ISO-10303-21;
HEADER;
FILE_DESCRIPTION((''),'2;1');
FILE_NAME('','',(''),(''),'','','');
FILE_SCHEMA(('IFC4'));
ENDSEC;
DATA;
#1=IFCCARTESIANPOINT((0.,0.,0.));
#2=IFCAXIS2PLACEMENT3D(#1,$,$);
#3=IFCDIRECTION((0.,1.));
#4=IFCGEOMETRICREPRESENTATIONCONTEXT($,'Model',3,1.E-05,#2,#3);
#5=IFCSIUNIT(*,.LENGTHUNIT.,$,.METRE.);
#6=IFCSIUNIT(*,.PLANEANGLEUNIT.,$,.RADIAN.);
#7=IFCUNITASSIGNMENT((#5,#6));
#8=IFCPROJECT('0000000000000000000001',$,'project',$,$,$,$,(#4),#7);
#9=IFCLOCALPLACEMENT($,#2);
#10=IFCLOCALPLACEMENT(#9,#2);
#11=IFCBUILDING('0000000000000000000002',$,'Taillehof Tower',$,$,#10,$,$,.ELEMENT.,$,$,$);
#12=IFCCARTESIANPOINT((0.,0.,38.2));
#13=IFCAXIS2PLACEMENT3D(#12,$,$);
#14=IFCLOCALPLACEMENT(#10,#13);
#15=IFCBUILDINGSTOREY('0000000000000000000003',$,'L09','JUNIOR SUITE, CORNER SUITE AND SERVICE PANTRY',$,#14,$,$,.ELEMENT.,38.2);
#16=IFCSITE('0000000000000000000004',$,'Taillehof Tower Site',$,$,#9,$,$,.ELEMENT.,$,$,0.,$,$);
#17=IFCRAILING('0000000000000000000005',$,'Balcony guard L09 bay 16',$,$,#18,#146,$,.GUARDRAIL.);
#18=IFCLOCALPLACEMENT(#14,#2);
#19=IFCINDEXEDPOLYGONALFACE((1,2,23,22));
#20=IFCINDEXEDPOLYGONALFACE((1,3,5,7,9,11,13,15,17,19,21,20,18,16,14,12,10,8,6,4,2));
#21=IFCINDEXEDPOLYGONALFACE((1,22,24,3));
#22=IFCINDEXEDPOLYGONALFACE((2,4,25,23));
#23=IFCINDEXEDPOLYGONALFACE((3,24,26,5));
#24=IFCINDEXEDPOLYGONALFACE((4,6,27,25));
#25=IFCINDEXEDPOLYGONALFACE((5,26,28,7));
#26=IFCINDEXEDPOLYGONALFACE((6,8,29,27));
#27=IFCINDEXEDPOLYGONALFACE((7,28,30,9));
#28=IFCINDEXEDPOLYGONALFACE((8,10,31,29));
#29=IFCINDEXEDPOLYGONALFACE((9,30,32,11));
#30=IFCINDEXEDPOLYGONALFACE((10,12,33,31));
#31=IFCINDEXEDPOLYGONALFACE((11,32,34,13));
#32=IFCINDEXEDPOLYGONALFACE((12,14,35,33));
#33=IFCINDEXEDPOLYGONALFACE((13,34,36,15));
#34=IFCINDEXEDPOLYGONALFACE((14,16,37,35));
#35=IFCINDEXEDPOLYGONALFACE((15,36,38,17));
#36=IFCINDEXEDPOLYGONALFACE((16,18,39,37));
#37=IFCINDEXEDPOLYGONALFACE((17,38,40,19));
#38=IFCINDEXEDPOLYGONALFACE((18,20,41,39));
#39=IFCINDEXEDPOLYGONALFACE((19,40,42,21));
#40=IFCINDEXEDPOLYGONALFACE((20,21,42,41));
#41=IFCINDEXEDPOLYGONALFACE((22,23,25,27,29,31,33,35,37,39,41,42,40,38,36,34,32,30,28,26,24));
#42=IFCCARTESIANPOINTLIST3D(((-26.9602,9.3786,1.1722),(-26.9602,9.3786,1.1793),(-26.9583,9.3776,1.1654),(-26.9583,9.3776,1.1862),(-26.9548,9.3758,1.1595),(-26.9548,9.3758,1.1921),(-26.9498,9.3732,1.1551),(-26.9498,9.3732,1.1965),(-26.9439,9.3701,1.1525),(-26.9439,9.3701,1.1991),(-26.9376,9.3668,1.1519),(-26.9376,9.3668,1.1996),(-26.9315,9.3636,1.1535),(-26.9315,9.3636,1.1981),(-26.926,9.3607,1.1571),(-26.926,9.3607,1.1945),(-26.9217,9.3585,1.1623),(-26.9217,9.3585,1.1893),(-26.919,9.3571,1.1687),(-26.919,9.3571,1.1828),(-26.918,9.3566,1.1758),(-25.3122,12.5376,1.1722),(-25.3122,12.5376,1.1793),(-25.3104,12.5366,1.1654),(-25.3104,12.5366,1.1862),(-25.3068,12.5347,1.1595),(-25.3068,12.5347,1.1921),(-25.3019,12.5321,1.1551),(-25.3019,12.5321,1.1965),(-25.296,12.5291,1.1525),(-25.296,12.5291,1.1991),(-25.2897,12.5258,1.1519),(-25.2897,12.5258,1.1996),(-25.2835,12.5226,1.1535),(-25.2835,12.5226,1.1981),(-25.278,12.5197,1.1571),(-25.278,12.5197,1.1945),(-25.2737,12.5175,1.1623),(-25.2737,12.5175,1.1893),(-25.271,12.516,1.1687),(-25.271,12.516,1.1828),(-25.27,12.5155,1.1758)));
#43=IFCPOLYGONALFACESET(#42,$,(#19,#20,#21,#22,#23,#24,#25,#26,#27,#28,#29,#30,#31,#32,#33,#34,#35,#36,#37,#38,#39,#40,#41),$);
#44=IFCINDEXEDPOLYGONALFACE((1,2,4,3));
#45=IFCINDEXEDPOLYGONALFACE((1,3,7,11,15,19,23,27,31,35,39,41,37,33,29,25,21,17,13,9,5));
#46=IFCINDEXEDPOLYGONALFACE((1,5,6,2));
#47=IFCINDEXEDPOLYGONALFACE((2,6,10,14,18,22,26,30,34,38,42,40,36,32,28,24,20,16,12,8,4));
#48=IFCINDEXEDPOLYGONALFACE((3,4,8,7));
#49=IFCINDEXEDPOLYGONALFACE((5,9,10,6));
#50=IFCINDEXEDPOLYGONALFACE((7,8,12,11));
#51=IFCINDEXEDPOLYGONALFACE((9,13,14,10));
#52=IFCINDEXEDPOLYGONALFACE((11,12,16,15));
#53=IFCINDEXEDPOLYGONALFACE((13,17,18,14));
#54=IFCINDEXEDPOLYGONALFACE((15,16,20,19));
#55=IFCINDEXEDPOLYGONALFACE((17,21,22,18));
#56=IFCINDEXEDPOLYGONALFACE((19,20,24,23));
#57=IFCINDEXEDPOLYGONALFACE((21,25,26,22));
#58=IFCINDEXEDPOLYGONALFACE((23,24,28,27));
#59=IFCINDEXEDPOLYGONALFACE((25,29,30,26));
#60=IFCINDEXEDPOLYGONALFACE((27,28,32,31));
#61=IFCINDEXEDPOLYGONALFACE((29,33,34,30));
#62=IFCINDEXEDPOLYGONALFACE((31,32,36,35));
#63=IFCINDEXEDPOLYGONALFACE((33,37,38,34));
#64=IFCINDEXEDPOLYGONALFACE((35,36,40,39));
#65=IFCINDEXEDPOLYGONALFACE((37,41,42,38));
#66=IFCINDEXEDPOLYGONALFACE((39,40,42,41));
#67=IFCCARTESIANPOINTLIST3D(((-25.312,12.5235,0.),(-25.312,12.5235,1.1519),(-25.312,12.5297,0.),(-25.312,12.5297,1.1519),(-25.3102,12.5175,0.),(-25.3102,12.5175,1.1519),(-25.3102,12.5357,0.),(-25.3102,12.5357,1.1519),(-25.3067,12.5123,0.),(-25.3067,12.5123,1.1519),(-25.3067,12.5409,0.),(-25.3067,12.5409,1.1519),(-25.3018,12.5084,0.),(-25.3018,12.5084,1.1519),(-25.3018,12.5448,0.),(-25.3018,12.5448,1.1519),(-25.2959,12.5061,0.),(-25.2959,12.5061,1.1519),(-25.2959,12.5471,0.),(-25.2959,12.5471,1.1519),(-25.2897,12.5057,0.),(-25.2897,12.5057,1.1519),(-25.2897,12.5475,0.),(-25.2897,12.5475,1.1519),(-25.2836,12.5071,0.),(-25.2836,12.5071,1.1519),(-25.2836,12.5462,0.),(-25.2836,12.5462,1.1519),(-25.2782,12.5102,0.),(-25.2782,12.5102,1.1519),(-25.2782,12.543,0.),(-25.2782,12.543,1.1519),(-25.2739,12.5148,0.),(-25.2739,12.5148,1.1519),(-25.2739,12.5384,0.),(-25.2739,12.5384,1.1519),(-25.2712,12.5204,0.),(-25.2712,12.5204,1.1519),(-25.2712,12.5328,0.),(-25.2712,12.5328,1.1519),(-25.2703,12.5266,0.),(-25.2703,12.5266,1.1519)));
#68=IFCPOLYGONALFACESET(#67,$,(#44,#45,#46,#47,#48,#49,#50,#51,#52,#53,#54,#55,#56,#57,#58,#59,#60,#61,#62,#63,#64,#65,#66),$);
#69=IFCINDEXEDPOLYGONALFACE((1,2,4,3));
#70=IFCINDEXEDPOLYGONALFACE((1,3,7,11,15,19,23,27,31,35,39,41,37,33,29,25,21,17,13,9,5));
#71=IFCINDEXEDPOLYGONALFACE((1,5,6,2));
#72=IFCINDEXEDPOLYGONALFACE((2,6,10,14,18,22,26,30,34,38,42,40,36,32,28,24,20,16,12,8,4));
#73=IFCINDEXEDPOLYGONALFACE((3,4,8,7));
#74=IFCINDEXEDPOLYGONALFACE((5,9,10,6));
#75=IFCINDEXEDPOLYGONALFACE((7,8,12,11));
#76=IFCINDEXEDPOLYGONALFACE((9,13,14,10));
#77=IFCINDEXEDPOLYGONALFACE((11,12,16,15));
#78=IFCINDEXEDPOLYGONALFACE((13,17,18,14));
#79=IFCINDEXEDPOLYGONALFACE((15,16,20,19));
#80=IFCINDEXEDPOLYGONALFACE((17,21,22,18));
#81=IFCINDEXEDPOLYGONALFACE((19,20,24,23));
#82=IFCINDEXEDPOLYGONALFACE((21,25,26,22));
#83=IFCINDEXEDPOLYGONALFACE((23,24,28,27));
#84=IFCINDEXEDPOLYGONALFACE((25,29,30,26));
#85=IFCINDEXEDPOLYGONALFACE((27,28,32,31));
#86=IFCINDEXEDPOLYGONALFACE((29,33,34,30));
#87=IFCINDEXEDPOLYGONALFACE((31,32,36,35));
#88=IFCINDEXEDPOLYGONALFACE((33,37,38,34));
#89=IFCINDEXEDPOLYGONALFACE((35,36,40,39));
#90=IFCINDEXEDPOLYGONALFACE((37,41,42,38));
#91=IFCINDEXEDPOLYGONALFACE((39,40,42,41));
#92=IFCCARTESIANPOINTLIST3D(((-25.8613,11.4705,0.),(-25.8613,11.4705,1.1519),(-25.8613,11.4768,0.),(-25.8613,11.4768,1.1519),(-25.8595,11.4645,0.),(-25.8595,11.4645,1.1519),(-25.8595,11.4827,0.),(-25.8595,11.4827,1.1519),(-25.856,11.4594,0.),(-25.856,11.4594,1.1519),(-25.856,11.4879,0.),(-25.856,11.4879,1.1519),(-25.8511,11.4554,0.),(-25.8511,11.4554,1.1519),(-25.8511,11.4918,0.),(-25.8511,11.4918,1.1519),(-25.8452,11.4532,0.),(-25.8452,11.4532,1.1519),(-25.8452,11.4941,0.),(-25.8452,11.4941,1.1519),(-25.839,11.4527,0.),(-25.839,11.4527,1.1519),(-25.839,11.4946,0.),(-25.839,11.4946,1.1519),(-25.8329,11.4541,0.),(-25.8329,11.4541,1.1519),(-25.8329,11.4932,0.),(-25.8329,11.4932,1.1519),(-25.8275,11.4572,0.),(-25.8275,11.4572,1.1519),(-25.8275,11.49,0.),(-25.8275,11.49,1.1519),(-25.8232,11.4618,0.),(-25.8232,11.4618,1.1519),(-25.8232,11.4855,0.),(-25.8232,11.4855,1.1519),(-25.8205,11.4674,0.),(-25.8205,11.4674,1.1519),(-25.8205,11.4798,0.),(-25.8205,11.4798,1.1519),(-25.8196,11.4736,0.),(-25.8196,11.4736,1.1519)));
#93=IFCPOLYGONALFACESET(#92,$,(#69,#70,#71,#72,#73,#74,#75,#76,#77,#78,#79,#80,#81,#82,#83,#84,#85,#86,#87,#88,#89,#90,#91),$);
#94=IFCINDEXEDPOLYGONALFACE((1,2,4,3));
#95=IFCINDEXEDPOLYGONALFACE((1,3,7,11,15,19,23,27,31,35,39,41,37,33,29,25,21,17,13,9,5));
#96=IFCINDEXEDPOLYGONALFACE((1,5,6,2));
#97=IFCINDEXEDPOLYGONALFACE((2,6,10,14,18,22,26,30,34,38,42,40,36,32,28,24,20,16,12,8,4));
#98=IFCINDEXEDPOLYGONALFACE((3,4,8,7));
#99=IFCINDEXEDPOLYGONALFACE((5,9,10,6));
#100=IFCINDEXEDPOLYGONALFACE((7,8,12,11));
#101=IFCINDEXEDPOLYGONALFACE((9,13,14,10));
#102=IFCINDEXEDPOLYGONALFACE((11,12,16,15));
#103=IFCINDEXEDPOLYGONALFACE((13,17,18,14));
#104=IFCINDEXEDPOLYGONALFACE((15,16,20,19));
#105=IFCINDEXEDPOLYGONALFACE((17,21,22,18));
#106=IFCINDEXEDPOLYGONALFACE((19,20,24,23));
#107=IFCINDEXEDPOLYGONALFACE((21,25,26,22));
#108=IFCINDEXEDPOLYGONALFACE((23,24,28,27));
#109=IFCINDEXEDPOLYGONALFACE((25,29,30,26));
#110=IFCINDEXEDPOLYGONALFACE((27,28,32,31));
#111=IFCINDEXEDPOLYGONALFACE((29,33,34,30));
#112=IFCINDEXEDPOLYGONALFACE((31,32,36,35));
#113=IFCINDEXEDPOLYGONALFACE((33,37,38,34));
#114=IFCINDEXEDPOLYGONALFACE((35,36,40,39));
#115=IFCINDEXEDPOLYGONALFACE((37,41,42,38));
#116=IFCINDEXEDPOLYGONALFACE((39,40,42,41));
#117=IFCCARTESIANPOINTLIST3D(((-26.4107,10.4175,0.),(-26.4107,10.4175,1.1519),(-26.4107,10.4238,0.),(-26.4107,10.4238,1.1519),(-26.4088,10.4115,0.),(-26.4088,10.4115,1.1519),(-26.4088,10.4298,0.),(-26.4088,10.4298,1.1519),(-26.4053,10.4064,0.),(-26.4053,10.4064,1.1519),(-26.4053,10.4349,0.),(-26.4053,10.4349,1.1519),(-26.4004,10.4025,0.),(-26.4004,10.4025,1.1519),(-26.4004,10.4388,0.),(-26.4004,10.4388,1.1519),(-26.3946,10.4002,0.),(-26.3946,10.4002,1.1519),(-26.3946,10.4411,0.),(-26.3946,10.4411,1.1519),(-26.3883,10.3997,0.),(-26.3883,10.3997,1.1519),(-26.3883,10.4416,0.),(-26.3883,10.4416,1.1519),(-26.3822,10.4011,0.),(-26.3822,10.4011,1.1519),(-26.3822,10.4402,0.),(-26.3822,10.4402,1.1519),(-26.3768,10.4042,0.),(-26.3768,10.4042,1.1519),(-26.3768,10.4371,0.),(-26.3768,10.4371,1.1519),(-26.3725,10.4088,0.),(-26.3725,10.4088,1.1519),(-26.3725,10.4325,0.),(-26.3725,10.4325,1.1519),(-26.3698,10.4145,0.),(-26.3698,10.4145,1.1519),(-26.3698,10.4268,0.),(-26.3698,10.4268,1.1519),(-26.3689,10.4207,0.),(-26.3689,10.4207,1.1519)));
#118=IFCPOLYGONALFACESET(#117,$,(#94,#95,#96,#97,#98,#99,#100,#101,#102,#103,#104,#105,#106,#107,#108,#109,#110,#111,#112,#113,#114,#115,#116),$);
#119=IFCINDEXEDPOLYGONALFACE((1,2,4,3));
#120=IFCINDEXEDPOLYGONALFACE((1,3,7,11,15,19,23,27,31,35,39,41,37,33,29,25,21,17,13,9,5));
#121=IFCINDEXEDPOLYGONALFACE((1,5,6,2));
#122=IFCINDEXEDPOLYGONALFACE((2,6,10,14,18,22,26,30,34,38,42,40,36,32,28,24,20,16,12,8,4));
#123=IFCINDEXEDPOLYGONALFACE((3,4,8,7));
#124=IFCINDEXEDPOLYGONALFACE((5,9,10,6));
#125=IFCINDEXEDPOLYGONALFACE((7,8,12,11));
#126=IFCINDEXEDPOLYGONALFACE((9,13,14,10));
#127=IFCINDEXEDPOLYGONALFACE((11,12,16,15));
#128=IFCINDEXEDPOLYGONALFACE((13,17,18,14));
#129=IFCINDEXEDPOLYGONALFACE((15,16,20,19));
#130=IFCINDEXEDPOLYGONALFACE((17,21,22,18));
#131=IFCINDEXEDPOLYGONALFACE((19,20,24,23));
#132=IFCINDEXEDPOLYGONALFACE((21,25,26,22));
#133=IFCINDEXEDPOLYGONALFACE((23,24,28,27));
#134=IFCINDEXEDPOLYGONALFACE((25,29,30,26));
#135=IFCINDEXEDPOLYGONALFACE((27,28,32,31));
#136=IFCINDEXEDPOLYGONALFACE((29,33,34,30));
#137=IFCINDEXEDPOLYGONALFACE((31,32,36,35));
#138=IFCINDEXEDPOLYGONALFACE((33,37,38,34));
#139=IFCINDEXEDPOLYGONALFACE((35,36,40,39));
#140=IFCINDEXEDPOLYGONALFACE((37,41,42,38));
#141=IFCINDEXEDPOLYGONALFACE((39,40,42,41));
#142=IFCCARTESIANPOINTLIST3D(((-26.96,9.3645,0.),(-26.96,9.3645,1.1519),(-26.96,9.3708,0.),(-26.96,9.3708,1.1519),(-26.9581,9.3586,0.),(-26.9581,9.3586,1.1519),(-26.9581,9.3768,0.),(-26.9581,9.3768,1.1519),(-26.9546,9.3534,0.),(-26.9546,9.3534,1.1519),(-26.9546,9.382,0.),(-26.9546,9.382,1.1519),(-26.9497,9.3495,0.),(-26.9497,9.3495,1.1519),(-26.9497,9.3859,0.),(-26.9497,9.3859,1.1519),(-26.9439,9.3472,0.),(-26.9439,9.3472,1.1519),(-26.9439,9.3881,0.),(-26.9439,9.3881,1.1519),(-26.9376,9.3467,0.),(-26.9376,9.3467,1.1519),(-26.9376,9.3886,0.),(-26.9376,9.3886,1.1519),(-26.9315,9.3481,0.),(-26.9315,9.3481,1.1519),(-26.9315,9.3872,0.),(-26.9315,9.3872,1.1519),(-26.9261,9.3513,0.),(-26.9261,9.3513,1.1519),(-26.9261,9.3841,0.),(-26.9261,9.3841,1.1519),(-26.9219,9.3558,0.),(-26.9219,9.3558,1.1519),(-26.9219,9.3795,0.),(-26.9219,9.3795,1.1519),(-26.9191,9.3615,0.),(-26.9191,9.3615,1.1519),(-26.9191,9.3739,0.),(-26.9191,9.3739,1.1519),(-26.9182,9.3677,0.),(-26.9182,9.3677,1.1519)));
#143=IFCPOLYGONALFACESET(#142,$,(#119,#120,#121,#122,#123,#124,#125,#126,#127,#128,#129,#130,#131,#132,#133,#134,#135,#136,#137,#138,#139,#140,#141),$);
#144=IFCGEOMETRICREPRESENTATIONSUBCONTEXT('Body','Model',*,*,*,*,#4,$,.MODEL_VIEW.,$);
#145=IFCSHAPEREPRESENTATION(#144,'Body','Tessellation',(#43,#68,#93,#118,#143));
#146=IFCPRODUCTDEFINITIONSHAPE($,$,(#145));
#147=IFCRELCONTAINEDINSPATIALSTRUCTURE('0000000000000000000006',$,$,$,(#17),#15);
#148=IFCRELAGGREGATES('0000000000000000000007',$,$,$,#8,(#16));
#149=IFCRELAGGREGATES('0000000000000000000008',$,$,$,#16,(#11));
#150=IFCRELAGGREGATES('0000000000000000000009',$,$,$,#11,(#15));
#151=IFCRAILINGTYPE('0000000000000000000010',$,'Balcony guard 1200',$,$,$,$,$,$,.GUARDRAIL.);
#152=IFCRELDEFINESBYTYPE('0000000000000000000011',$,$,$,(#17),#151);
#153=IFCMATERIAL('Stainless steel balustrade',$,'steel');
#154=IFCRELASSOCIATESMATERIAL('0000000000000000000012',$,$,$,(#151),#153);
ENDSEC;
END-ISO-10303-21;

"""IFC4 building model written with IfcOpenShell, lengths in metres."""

from ifc_helpers import new_model, si_unit, direction, frame, origin, origin_2d, place, context, subcontext, project, spatial, circle, extrude, material, type_object, element, save


model = new_model("IFC4")

# Units and contexts
model_context = context("Model", 3, precision=1e-05, world=origin(), true_north=direction((0.0, 1.0)))
body_context = subcontext(model_context, "Body", "Model", "MODEL_VIEW")
ifc_project = project(units=[si_unit("LENGTHUNIT", "METRE"), si_unit("PLANEANGLEUNIT", "RADIAN")], contexts=[model_context])

# Site, building, storey
site_placement = place(None, origin())
site = spatial("IfcSite", under=ifc_project, at=site_placement, Name="Taillehof Tower Site", CompositionType="ELEMENT", RefElevation=0.0)
building_placement = place(site_placement, origin())
building = spatial("IfcBuilding", under=site, at=building_placement, Name="Taillehof Tower", CompositionType="ELEMENT")
storey_placement = place(building_placement, frame((0.0, 0.0, 38.2)))
storey = spatial("IfcBuildingStorey", under=building, at=storey_placement, Name="L09", Description="JUNIOR SUITE, CORNER SUITE AND SERVICE PANTRY", CompositionType="ELEMENT", Elevation=38.2)

# Railing
ifc_material_1 = material(Name="Stainless steel balustrade", Category="steel")
railing_type = type_object("IfcRailingType", Name="Balcony guard 1200", PredefinedType="GUARDRAIL", material=ifc_material_1)
railing_1_placement = place(storey_placement, frame((-25.2913, 12.5266, 0.0)))
element("IfcRailing", 1, at=railing_1_placement, inside=storey, type_object=railing_type, Name="Balcony guard L09 bay 16", PredefinedType="GUARDRAIL", context=body_context, shape_type="SweptSolid", body=[
    extrude(circle(Radius=0.0239, at=origin_2d()), frame((0.0, 0.0, 1.1758), z_axis=(-0.462524, -0.886607, 0.0), x_axis=(0.886607, -0.462524, 0.0)), (0.0, 0.0, 1.0), 3.563),
    extrude(circle(Radius=0.021, at=origin_2d()), origin(), (0.0, 0.0, 1.0), 1.1519),
    extrude(circle(Radius=0.021, at=origin_2d()), frame((-0.5493, -1.053, 0.0)), (0.0, 0.0, 1.0), 1.1519),
    extrude(circle(Radius=0.021, at=origin_2d()), frame((-1.0986, -2.106, 0.0)), (0.0, 0.0, 1.0), 1.1519),
    extrude(circle(Radius=0.021, at=origin_2d()), frame((-1.6479, -3.1589, 0.0)), (0.0, 0.0, 1.0), 1.1519),
])

save(model, "model.ifc")
